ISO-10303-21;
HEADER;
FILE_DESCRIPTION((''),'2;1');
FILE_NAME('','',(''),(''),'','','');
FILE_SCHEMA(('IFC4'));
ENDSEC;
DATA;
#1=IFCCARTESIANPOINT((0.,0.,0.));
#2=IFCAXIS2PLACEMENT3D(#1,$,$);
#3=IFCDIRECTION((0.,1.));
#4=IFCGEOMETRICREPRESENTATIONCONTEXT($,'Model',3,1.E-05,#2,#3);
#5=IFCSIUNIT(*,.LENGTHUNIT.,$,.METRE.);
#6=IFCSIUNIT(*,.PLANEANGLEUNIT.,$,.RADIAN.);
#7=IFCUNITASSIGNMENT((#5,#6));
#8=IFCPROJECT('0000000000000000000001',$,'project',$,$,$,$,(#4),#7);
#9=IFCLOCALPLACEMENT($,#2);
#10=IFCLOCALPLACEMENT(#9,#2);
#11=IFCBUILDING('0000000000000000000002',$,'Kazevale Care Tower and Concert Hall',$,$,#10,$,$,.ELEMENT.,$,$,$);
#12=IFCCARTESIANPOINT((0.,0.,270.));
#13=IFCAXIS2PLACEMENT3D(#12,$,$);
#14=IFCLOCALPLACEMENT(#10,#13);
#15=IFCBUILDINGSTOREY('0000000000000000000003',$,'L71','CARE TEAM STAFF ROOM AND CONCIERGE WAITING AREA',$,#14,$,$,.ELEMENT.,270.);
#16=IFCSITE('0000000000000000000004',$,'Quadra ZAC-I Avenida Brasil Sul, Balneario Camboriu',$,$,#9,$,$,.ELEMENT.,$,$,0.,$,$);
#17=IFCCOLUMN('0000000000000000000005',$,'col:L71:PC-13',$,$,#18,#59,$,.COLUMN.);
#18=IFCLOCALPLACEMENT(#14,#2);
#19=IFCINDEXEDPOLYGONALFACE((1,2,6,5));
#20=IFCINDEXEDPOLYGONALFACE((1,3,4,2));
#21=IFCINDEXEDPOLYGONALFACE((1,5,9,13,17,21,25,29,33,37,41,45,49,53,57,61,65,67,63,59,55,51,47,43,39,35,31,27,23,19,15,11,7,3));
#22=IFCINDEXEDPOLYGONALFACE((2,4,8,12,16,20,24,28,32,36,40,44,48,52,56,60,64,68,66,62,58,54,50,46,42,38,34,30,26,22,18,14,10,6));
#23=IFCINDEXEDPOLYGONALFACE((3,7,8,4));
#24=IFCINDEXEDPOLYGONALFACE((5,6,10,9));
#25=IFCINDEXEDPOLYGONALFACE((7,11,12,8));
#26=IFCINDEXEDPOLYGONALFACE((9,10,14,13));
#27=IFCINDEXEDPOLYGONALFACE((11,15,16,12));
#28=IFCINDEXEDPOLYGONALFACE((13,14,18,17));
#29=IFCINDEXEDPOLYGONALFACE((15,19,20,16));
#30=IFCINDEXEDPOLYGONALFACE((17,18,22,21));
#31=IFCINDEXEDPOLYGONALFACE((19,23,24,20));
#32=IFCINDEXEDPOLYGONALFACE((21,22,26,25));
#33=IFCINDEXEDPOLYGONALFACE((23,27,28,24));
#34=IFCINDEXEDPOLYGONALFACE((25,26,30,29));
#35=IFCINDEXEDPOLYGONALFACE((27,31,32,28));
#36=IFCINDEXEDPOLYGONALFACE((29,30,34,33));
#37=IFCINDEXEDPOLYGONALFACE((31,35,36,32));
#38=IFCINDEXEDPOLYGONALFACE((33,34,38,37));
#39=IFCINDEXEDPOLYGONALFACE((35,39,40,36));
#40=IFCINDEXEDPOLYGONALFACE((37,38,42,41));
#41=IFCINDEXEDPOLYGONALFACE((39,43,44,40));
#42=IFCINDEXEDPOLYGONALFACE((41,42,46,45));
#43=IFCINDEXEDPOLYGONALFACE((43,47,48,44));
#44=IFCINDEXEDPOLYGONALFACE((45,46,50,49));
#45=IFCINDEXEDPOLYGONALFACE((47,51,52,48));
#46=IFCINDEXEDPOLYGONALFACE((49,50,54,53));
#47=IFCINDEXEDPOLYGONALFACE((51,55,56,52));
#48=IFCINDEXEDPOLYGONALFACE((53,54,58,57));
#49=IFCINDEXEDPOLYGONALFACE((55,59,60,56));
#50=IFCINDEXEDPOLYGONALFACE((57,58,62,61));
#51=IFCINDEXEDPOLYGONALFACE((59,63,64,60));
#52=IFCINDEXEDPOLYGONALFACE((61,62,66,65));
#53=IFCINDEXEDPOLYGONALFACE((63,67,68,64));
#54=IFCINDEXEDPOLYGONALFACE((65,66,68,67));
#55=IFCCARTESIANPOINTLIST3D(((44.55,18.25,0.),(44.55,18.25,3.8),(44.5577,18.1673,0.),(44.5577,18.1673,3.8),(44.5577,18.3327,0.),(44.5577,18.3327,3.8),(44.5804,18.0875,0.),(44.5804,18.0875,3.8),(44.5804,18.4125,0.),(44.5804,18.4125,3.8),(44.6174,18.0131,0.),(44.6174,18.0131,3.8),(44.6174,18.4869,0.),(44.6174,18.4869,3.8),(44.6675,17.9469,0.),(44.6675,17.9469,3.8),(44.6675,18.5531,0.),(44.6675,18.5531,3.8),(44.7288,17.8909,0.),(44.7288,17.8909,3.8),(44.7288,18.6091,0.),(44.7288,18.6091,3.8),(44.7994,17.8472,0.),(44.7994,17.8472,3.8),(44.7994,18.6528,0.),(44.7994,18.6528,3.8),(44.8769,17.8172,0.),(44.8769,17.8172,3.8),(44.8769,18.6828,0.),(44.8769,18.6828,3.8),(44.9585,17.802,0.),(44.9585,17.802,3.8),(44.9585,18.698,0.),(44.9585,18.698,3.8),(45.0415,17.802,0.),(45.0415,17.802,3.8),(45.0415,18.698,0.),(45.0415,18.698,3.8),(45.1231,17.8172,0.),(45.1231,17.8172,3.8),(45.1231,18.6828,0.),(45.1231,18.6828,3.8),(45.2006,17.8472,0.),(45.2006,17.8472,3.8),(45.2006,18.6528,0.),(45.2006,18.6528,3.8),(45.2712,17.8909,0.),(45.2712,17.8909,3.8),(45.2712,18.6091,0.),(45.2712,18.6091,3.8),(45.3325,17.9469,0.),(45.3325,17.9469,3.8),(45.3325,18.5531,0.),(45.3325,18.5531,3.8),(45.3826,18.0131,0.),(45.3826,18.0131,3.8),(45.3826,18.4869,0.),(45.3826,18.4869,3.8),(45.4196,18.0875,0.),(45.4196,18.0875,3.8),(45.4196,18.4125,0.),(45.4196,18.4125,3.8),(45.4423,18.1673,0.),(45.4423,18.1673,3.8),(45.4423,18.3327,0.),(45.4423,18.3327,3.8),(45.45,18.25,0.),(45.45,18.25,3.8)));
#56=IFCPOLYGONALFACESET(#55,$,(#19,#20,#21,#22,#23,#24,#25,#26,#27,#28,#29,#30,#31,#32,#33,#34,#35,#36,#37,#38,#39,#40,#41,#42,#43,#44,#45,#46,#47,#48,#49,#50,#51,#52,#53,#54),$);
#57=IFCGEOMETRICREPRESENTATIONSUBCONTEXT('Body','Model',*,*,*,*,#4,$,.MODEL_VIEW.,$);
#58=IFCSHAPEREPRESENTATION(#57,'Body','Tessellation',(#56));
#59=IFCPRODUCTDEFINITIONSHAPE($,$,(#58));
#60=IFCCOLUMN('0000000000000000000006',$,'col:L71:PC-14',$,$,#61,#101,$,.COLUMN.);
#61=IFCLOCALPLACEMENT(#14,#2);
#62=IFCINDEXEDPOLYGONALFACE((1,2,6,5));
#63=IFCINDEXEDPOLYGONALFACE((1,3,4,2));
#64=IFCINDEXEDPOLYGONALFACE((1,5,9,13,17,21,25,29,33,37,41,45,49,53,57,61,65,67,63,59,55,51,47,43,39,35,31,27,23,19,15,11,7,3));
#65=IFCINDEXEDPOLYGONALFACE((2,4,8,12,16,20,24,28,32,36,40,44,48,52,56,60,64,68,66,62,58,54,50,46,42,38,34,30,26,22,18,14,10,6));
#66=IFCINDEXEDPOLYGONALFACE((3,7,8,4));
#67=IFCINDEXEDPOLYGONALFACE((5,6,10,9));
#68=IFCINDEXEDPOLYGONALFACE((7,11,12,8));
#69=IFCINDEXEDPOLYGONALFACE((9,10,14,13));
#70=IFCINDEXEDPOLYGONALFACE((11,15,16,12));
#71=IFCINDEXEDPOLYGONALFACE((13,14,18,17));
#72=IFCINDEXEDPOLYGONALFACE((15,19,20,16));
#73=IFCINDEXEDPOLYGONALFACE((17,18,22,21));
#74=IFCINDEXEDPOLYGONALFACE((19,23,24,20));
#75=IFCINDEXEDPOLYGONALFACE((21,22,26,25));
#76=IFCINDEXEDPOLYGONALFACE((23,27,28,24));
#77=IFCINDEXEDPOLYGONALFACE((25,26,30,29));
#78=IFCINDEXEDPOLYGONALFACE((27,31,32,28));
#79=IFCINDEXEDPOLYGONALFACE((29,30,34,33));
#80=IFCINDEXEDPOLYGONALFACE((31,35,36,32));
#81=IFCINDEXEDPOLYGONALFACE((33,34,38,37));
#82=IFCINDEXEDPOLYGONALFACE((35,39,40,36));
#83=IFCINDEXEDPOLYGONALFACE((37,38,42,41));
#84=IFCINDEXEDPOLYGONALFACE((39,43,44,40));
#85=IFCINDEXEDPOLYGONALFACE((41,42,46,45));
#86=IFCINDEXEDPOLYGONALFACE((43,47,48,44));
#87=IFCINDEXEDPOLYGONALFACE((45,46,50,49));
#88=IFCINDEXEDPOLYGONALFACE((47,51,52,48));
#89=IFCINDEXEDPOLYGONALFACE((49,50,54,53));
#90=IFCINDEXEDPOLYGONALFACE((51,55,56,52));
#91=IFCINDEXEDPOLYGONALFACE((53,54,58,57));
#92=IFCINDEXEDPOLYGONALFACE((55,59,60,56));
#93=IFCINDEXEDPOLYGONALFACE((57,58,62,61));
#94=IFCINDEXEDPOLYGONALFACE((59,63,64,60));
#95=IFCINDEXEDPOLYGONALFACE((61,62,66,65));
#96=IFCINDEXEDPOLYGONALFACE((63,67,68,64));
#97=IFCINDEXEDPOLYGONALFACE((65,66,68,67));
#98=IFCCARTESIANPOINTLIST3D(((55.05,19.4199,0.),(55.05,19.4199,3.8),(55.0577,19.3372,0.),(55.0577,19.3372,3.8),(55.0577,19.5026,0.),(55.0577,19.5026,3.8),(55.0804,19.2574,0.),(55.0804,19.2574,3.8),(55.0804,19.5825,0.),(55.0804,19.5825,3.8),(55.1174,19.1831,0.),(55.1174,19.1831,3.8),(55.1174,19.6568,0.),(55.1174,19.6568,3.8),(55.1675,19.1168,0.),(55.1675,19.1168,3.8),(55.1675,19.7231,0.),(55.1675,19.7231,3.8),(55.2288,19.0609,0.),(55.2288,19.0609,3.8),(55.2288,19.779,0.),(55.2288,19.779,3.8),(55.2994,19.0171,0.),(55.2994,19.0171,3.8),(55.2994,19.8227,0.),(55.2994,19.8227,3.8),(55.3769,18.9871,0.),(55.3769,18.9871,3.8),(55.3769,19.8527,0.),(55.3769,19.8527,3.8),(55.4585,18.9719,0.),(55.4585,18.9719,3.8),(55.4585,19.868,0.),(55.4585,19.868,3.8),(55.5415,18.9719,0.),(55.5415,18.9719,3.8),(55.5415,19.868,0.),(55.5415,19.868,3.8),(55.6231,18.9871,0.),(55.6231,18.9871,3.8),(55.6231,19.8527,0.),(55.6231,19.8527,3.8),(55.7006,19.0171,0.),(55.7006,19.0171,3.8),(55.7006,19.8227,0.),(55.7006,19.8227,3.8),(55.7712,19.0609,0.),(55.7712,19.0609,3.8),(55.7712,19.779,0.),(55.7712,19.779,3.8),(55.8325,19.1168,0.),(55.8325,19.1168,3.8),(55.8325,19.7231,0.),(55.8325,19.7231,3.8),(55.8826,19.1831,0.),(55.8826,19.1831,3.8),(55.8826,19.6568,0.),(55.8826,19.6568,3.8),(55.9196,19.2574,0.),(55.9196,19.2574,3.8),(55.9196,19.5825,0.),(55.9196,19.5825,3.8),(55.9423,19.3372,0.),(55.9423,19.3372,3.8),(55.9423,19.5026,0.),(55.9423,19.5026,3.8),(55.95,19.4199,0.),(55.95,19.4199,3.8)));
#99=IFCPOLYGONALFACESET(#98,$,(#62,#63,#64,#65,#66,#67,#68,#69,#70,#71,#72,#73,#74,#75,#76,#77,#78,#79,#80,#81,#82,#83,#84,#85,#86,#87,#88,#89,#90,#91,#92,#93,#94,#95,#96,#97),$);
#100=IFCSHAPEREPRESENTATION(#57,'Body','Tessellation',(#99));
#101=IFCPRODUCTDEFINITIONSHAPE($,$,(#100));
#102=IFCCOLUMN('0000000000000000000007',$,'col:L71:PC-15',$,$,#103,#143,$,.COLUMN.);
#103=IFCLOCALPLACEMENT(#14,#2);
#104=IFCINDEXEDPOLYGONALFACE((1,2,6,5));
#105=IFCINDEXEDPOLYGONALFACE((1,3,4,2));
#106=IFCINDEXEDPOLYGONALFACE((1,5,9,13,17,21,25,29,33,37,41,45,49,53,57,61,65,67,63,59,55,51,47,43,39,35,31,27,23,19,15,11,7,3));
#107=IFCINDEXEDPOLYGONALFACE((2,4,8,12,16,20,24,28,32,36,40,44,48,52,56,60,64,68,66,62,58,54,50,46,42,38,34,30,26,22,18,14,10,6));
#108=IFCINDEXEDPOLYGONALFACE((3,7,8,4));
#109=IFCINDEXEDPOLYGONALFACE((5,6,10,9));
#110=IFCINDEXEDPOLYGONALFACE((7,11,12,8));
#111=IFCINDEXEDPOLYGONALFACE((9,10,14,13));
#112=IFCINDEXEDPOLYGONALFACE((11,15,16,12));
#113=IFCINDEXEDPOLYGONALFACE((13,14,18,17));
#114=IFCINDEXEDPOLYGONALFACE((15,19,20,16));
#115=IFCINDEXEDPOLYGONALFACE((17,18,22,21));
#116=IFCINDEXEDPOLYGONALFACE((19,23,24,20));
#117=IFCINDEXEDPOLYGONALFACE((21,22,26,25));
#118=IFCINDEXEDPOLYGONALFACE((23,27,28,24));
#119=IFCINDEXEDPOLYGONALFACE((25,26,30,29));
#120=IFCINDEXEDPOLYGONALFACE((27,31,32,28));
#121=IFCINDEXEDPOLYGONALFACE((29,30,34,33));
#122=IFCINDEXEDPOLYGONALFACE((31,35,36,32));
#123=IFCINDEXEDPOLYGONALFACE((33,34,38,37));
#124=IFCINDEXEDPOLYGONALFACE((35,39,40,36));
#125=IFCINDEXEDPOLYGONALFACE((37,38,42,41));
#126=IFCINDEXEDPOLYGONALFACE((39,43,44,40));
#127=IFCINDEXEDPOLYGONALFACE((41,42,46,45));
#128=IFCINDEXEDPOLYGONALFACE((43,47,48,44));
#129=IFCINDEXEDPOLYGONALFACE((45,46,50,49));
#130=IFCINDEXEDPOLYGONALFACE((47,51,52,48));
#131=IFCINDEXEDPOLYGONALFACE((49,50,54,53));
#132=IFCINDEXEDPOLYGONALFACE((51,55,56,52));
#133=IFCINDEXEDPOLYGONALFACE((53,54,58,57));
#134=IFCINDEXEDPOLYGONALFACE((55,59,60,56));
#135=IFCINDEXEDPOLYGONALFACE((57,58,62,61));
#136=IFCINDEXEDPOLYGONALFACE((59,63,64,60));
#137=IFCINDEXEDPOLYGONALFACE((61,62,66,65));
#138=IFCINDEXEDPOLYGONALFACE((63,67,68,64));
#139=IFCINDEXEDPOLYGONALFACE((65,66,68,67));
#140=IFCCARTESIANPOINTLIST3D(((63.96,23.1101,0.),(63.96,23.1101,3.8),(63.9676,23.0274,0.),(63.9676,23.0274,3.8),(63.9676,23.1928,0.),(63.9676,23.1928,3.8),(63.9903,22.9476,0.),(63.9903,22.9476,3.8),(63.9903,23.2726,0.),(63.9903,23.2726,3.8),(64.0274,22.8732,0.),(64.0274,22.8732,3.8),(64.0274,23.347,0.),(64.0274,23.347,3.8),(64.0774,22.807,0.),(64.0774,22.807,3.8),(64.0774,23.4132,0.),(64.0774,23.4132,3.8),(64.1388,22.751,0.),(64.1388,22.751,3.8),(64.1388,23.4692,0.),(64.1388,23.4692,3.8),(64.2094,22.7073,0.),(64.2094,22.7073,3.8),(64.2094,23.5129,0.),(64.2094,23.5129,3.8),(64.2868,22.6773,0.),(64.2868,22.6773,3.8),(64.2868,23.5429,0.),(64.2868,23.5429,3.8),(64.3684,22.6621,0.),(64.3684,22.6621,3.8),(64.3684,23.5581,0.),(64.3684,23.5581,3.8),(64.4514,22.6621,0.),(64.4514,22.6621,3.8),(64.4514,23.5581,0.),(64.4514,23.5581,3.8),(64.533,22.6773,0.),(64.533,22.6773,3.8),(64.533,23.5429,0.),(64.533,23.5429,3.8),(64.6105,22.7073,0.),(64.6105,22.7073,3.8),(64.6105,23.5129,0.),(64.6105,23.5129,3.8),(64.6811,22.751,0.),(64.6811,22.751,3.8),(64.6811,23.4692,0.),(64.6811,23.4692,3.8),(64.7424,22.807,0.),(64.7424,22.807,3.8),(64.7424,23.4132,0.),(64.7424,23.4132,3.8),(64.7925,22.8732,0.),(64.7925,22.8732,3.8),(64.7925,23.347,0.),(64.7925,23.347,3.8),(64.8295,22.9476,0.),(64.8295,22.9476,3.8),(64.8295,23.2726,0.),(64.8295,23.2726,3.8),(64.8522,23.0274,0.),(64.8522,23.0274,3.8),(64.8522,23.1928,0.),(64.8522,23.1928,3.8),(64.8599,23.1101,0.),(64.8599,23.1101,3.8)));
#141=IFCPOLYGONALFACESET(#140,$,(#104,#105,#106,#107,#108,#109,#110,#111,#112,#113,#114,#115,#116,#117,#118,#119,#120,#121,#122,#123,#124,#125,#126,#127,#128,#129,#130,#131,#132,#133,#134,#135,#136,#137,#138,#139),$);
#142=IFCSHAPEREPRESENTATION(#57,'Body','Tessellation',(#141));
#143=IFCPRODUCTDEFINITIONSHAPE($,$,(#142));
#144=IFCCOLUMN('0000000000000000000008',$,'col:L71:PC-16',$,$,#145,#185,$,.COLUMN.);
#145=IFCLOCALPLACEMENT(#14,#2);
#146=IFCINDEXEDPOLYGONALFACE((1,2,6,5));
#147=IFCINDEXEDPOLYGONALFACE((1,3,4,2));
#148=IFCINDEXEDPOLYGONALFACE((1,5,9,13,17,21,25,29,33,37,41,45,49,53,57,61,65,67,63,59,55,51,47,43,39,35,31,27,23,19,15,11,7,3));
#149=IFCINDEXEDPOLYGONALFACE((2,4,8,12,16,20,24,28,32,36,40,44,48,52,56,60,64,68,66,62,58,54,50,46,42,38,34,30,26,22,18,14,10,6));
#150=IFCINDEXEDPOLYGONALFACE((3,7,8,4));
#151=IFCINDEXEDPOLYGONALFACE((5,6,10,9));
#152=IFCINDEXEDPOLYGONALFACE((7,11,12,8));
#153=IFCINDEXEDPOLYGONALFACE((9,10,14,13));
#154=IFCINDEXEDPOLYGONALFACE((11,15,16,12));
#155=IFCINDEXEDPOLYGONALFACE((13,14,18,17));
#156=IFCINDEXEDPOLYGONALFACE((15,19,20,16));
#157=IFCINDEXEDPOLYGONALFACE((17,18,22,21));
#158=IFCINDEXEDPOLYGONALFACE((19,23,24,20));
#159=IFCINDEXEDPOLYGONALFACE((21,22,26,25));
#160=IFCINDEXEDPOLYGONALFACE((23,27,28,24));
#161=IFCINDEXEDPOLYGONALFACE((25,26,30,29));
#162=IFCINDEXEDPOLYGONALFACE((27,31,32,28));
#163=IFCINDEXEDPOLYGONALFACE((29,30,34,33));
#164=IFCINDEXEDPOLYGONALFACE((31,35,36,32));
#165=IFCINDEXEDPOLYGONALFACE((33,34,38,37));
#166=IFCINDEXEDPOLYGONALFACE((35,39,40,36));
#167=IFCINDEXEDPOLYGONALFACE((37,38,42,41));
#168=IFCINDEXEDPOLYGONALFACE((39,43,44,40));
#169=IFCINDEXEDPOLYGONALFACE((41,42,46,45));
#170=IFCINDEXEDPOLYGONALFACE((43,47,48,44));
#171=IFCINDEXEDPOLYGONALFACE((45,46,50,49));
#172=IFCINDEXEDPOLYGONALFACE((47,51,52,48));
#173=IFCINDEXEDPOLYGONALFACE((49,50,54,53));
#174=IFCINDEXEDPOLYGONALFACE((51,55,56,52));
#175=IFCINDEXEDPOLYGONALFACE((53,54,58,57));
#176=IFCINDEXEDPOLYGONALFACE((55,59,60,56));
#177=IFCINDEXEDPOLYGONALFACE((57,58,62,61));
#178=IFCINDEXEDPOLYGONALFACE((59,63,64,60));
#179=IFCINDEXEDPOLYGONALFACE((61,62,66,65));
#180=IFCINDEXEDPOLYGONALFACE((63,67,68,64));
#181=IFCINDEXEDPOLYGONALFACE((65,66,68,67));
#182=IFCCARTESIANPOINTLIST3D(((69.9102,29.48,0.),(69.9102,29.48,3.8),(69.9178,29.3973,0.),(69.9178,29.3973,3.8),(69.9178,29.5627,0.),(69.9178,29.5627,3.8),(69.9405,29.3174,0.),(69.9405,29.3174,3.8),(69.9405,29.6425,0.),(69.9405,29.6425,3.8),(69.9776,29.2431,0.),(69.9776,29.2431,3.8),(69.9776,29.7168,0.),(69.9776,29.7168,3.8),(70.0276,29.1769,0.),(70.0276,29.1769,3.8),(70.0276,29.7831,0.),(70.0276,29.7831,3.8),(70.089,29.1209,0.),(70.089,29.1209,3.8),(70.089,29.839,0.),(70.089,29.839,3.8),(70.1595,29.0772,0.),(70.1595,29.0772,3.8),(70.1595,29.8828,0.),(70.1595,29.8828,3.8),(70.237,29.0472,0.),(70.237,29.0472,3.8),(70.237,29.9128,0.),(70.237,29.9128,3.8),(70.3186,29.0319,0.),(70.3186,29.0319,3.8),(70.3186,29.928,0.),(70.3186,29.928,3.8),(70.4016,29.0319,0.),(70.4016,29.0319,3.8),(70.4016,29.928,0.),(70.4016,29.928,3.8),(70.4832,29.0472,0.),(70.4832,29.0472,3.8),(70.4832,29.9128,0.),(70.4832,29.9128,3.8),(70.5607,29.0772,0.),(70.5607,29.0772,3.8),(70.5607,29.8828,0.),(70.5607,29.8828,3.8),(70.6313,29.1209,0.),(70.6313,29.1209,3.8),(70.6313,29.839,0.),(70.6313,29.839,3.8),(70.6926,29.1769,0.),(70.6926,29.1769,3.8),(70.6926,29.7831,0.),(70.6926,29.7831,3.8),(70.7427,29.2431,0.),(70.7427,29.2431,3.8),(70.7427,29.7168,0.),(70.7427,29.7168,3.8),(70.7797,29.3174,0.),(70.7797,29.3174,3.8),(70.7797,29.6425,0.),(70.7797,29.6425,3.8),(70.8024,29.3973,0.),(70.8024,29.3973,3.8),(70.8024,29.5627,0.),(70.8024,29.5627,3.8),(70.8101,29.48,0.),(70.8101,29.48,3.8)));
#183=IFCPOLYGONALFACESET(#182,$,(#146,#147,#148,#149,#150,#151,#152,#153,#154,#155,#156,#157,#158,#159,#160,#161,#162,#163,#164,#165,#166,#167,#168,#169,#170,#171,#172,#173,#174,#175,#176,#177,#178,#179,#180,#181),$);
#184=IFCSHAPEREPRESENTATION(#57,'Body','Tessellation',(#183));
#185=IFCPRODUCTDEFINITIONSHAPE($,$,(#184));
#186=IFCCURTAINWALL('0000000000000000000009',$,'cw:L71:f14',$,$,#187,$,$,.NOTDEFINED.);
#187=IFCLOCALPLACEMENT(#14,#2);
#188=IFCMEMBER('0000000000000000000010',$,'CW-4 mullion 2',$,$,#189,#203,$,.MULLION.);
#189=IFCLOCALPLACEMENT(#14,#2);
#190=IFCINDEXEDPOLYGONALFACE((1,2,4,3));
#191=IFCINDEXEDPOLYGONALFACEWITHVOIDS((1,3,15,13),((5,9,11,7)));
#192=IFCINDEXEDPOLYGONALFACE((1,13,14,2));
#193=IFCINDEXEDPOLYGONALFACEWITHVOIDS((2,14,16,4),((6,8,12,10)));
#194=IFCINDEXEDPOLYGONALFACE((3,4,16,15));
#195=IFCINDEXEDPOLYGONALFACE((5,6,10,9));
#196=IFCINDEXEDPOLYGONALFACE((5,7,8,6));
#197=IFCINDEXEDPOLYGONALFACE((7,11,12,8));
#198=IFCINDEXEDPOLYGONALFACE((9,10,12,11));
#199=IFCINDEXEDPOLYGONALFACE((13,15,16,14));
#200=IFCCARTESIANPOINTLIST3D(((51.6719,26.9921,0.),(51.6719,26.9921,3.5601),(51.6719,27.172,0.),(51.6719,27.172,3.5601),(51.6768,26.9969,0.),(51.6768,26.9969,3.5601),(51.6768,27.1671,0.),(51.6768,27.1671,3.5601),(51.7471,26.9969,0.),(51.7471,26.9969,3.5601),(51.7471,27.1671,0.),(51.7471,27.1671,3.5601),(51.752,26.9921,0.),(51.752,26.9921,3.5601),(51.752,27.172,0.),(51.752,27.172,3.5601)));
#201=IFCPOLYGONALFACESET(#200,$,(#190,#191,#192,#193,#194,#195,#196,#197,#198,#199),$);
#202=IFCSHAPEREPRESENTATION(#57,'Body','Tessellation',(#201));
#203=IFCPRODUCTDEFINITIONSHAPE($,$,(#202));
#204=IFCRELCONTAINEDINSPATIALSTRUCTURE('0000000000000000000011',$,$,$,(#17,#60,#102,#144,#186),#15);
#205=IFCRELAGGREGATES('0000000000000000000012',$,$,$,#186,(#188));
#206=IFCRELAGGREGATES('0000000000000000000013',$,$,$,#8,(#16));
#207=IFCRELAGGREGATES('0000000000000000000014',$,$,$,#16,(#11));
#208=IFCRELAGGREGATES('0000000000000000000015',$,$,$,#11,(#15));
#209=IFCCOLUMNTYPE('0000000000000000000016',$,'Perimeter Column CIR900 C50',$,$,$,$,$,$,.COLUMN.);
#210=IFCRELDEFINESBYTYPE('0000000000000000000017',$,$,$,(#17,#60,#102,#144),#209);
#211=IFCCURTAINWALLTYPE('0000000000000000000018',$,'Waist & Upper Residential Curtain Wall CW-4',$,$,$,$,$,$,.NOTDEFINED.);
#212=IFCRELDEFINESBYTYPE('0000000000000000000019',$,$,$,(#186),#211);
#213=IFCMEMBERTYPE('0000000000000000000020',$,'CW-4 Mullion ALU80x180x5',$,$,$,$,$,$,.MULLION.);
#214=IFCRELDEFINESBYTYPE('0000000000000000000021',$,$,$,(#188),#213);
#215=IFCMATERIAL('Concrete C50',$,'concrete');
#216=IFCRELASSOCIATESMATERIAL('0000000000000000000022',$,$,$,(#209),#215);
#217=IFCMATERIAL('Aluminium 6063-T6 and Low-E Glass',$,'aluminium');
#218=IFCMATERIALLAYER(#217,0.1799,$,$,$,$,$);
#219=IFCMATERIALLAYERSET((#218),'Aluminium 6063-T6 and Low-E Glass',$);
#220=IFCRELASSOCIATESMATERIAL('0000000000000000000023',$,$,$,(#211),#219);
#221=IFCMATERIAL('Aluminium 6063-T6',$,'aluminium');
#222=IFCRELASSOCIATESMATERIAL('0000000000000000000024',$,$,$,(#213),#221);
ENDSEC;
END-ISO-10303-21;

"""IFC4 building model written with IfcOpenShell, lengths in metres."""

from ifc_helpers import new_model, si_unit, direction, frame, origin, origin_2d, place, context, subcontext, project, spatial, hollow_rectangle, circle, extrude, material, layer, layer_set, material_profile, profile_set, type_object, element, aggregate, save


model = new_model("IFC4")

# Units and contexts
model_context = context("Model", 3, precision=1e-05, world=origin(), true_north=direction((0.0, 1.0)))
body_context = subcontext(model_context, "Body", "Model", "MODEL_VIEW")
ifc_project = project(units=[si_unit("LENGTHUNIT", "METRE"), si_unit("PLANEANGLEUNIT", "RADIAN")], contexts=[model_context])

# Site, building, storey
site_placement = place(None, origin())
site = spatial("IfcSite", under=ifc_project, at=site_placement, Name="Quadra ZAC-I Avenida Brasil Sul, Balneario Camboriu", CompositionType="ELEMENT", RefElevation=0.0)
building_placement = place(site_placement, origin())
building = spatial("IfcBuilding", under=site, at=building_placement, Name="Kazevale Care Tower and Concert Hall", CompositionType="ELEMENT")
storey_placement = place(building_placement, frame((0.0, 0.0, 270.0)))
storey = spatial("IfcBuildingStorey", under=building, at=storey_placement, Name="L71", Description="CARE TEAM STAFF ROOM AND CONCIERGE WAITING AREA", CompositionType="ELEMENT", Elevation=270.0)

# Columns
ifc_material_1 = material(Name="Concrete C50", Category="concrete")
ifc_material_profile_1 = material_profile(ifc_material_1, circle(Radius=0.45, at=origin_2d()), Name="RC-CIR900")
ifc_profile_set_1 = profile_set([ifc_material_profile_1], Name="Concrete C50")
column_type = type_object("IfcColumnType", Name="Perimeter Column CIR900 C50", PredefinedType="COLUMN", material=ifc_profile_set_1)
for number, where, z_axis, x_axis, name in (
    (1, (45.0, 18.25, 0.0), (0.0, 0.0, 1.0), (1.0, 0.0, 0.0), "col:L71:PC-13"),
    (2, (55.5, 19.4199, 0.0), (0.0, 0.0, 1.0), (1.0, 0.0, 0.0), "col:L71:PC-14"),
    (3, (64.4099, 23.1101, 0.0), (0.0, 0.0, 1.0), (1.0, 0.0, 0.0), "col:L71:PC-15"),
    (4, (70.3601, 29.48, 0.0), (0.0, 0.0, 1.0), (1.0, 0.0, 0.0), "col:L71:PC-16"),
):
    element("IfcColumn", number, at=place(storey_placement, frame(where, z_axis=z_axis, x_axis=x_axis)), inside=storey, type_object=column_type, Name=name, PredefinedType="COLUMN", context=body_context, shape_type="SweptSolid", body=[
        extrude(circle(Radius=0.45, at=origin_2d()), origin(), (0.0, 0.0, 1.0), 3.8),
    ])

# Curtain wall, member
ifc_material_2 = material(Name="Aluminium 6063-T6 and Low-E Glass", Category="aluminium")
ifc_layer_1 = layer(ifc_material_2, 0.1799)
ifc_layer_set_1 = layer_set([ifc_layer_1], Name="Aluminium 6063-T6 and Low-E Glass")
curtain_wall_type_1 = type_object("IfcCurtainWallType", Name="Waist & Upper Residential Curtain Wall CW-4", PredefinedType="NOTDEFINED", material=ifc_layer_set_1)
curtain_wall_1_placement = place(storey_placement, origin())
curtain_wall_1 = element("IfcCurtainWall", 5, at=curtain_wall_1_placement, inside=storey, type_object=curtain_wall_type_1, Name="cw:L71:f14", PredefinedType="NOTDEFINED")
ifc_material_3 = material(Name="Aluminium 6063-T6", Category="aluminium")
ifc_material_profile_2 = material_profile(ifc_material_3, hollow_rectangle(XDim=0.0801, YDim=0.1799, WallThickness=0.0049, at=origin_2d()), Name="ALU80x180x5")
ifc_profile_set_2 = profile_set([ifc_material_profile_2], Name="Aluminium 6063-T6")
member_type_1 = type_object("IfcMemberType", Name="CW-4 Mullion ALU80x180x5", PredefinedType="MULLION", material=ifc_profile_set_2)
member_1_placement = place(storey_placement, frame((51.7119, 27.082, 0.0), z_axis=(0.0, 0.0, 1.0), x_axis=(1.0, 0.0, 0.0)))
member_1 = element("IfcMember", 6, at=member_1_placement, type_object=member_type_1, Name="CW-4 mullion 2", PredefinedType="MULLION", context=body_context, shape_type="SweptSolid", body=[
    extrude(hollow_rectangle(XDim=0.0801, YDim=0.1799, WallThickness=0.0049, at=origin_2d()), origin(), (0.0, 0.0, 1.0), 3.5601),
])
aggregate(curtain_wall_1, [member_1])

save(model, "model.ifc")
